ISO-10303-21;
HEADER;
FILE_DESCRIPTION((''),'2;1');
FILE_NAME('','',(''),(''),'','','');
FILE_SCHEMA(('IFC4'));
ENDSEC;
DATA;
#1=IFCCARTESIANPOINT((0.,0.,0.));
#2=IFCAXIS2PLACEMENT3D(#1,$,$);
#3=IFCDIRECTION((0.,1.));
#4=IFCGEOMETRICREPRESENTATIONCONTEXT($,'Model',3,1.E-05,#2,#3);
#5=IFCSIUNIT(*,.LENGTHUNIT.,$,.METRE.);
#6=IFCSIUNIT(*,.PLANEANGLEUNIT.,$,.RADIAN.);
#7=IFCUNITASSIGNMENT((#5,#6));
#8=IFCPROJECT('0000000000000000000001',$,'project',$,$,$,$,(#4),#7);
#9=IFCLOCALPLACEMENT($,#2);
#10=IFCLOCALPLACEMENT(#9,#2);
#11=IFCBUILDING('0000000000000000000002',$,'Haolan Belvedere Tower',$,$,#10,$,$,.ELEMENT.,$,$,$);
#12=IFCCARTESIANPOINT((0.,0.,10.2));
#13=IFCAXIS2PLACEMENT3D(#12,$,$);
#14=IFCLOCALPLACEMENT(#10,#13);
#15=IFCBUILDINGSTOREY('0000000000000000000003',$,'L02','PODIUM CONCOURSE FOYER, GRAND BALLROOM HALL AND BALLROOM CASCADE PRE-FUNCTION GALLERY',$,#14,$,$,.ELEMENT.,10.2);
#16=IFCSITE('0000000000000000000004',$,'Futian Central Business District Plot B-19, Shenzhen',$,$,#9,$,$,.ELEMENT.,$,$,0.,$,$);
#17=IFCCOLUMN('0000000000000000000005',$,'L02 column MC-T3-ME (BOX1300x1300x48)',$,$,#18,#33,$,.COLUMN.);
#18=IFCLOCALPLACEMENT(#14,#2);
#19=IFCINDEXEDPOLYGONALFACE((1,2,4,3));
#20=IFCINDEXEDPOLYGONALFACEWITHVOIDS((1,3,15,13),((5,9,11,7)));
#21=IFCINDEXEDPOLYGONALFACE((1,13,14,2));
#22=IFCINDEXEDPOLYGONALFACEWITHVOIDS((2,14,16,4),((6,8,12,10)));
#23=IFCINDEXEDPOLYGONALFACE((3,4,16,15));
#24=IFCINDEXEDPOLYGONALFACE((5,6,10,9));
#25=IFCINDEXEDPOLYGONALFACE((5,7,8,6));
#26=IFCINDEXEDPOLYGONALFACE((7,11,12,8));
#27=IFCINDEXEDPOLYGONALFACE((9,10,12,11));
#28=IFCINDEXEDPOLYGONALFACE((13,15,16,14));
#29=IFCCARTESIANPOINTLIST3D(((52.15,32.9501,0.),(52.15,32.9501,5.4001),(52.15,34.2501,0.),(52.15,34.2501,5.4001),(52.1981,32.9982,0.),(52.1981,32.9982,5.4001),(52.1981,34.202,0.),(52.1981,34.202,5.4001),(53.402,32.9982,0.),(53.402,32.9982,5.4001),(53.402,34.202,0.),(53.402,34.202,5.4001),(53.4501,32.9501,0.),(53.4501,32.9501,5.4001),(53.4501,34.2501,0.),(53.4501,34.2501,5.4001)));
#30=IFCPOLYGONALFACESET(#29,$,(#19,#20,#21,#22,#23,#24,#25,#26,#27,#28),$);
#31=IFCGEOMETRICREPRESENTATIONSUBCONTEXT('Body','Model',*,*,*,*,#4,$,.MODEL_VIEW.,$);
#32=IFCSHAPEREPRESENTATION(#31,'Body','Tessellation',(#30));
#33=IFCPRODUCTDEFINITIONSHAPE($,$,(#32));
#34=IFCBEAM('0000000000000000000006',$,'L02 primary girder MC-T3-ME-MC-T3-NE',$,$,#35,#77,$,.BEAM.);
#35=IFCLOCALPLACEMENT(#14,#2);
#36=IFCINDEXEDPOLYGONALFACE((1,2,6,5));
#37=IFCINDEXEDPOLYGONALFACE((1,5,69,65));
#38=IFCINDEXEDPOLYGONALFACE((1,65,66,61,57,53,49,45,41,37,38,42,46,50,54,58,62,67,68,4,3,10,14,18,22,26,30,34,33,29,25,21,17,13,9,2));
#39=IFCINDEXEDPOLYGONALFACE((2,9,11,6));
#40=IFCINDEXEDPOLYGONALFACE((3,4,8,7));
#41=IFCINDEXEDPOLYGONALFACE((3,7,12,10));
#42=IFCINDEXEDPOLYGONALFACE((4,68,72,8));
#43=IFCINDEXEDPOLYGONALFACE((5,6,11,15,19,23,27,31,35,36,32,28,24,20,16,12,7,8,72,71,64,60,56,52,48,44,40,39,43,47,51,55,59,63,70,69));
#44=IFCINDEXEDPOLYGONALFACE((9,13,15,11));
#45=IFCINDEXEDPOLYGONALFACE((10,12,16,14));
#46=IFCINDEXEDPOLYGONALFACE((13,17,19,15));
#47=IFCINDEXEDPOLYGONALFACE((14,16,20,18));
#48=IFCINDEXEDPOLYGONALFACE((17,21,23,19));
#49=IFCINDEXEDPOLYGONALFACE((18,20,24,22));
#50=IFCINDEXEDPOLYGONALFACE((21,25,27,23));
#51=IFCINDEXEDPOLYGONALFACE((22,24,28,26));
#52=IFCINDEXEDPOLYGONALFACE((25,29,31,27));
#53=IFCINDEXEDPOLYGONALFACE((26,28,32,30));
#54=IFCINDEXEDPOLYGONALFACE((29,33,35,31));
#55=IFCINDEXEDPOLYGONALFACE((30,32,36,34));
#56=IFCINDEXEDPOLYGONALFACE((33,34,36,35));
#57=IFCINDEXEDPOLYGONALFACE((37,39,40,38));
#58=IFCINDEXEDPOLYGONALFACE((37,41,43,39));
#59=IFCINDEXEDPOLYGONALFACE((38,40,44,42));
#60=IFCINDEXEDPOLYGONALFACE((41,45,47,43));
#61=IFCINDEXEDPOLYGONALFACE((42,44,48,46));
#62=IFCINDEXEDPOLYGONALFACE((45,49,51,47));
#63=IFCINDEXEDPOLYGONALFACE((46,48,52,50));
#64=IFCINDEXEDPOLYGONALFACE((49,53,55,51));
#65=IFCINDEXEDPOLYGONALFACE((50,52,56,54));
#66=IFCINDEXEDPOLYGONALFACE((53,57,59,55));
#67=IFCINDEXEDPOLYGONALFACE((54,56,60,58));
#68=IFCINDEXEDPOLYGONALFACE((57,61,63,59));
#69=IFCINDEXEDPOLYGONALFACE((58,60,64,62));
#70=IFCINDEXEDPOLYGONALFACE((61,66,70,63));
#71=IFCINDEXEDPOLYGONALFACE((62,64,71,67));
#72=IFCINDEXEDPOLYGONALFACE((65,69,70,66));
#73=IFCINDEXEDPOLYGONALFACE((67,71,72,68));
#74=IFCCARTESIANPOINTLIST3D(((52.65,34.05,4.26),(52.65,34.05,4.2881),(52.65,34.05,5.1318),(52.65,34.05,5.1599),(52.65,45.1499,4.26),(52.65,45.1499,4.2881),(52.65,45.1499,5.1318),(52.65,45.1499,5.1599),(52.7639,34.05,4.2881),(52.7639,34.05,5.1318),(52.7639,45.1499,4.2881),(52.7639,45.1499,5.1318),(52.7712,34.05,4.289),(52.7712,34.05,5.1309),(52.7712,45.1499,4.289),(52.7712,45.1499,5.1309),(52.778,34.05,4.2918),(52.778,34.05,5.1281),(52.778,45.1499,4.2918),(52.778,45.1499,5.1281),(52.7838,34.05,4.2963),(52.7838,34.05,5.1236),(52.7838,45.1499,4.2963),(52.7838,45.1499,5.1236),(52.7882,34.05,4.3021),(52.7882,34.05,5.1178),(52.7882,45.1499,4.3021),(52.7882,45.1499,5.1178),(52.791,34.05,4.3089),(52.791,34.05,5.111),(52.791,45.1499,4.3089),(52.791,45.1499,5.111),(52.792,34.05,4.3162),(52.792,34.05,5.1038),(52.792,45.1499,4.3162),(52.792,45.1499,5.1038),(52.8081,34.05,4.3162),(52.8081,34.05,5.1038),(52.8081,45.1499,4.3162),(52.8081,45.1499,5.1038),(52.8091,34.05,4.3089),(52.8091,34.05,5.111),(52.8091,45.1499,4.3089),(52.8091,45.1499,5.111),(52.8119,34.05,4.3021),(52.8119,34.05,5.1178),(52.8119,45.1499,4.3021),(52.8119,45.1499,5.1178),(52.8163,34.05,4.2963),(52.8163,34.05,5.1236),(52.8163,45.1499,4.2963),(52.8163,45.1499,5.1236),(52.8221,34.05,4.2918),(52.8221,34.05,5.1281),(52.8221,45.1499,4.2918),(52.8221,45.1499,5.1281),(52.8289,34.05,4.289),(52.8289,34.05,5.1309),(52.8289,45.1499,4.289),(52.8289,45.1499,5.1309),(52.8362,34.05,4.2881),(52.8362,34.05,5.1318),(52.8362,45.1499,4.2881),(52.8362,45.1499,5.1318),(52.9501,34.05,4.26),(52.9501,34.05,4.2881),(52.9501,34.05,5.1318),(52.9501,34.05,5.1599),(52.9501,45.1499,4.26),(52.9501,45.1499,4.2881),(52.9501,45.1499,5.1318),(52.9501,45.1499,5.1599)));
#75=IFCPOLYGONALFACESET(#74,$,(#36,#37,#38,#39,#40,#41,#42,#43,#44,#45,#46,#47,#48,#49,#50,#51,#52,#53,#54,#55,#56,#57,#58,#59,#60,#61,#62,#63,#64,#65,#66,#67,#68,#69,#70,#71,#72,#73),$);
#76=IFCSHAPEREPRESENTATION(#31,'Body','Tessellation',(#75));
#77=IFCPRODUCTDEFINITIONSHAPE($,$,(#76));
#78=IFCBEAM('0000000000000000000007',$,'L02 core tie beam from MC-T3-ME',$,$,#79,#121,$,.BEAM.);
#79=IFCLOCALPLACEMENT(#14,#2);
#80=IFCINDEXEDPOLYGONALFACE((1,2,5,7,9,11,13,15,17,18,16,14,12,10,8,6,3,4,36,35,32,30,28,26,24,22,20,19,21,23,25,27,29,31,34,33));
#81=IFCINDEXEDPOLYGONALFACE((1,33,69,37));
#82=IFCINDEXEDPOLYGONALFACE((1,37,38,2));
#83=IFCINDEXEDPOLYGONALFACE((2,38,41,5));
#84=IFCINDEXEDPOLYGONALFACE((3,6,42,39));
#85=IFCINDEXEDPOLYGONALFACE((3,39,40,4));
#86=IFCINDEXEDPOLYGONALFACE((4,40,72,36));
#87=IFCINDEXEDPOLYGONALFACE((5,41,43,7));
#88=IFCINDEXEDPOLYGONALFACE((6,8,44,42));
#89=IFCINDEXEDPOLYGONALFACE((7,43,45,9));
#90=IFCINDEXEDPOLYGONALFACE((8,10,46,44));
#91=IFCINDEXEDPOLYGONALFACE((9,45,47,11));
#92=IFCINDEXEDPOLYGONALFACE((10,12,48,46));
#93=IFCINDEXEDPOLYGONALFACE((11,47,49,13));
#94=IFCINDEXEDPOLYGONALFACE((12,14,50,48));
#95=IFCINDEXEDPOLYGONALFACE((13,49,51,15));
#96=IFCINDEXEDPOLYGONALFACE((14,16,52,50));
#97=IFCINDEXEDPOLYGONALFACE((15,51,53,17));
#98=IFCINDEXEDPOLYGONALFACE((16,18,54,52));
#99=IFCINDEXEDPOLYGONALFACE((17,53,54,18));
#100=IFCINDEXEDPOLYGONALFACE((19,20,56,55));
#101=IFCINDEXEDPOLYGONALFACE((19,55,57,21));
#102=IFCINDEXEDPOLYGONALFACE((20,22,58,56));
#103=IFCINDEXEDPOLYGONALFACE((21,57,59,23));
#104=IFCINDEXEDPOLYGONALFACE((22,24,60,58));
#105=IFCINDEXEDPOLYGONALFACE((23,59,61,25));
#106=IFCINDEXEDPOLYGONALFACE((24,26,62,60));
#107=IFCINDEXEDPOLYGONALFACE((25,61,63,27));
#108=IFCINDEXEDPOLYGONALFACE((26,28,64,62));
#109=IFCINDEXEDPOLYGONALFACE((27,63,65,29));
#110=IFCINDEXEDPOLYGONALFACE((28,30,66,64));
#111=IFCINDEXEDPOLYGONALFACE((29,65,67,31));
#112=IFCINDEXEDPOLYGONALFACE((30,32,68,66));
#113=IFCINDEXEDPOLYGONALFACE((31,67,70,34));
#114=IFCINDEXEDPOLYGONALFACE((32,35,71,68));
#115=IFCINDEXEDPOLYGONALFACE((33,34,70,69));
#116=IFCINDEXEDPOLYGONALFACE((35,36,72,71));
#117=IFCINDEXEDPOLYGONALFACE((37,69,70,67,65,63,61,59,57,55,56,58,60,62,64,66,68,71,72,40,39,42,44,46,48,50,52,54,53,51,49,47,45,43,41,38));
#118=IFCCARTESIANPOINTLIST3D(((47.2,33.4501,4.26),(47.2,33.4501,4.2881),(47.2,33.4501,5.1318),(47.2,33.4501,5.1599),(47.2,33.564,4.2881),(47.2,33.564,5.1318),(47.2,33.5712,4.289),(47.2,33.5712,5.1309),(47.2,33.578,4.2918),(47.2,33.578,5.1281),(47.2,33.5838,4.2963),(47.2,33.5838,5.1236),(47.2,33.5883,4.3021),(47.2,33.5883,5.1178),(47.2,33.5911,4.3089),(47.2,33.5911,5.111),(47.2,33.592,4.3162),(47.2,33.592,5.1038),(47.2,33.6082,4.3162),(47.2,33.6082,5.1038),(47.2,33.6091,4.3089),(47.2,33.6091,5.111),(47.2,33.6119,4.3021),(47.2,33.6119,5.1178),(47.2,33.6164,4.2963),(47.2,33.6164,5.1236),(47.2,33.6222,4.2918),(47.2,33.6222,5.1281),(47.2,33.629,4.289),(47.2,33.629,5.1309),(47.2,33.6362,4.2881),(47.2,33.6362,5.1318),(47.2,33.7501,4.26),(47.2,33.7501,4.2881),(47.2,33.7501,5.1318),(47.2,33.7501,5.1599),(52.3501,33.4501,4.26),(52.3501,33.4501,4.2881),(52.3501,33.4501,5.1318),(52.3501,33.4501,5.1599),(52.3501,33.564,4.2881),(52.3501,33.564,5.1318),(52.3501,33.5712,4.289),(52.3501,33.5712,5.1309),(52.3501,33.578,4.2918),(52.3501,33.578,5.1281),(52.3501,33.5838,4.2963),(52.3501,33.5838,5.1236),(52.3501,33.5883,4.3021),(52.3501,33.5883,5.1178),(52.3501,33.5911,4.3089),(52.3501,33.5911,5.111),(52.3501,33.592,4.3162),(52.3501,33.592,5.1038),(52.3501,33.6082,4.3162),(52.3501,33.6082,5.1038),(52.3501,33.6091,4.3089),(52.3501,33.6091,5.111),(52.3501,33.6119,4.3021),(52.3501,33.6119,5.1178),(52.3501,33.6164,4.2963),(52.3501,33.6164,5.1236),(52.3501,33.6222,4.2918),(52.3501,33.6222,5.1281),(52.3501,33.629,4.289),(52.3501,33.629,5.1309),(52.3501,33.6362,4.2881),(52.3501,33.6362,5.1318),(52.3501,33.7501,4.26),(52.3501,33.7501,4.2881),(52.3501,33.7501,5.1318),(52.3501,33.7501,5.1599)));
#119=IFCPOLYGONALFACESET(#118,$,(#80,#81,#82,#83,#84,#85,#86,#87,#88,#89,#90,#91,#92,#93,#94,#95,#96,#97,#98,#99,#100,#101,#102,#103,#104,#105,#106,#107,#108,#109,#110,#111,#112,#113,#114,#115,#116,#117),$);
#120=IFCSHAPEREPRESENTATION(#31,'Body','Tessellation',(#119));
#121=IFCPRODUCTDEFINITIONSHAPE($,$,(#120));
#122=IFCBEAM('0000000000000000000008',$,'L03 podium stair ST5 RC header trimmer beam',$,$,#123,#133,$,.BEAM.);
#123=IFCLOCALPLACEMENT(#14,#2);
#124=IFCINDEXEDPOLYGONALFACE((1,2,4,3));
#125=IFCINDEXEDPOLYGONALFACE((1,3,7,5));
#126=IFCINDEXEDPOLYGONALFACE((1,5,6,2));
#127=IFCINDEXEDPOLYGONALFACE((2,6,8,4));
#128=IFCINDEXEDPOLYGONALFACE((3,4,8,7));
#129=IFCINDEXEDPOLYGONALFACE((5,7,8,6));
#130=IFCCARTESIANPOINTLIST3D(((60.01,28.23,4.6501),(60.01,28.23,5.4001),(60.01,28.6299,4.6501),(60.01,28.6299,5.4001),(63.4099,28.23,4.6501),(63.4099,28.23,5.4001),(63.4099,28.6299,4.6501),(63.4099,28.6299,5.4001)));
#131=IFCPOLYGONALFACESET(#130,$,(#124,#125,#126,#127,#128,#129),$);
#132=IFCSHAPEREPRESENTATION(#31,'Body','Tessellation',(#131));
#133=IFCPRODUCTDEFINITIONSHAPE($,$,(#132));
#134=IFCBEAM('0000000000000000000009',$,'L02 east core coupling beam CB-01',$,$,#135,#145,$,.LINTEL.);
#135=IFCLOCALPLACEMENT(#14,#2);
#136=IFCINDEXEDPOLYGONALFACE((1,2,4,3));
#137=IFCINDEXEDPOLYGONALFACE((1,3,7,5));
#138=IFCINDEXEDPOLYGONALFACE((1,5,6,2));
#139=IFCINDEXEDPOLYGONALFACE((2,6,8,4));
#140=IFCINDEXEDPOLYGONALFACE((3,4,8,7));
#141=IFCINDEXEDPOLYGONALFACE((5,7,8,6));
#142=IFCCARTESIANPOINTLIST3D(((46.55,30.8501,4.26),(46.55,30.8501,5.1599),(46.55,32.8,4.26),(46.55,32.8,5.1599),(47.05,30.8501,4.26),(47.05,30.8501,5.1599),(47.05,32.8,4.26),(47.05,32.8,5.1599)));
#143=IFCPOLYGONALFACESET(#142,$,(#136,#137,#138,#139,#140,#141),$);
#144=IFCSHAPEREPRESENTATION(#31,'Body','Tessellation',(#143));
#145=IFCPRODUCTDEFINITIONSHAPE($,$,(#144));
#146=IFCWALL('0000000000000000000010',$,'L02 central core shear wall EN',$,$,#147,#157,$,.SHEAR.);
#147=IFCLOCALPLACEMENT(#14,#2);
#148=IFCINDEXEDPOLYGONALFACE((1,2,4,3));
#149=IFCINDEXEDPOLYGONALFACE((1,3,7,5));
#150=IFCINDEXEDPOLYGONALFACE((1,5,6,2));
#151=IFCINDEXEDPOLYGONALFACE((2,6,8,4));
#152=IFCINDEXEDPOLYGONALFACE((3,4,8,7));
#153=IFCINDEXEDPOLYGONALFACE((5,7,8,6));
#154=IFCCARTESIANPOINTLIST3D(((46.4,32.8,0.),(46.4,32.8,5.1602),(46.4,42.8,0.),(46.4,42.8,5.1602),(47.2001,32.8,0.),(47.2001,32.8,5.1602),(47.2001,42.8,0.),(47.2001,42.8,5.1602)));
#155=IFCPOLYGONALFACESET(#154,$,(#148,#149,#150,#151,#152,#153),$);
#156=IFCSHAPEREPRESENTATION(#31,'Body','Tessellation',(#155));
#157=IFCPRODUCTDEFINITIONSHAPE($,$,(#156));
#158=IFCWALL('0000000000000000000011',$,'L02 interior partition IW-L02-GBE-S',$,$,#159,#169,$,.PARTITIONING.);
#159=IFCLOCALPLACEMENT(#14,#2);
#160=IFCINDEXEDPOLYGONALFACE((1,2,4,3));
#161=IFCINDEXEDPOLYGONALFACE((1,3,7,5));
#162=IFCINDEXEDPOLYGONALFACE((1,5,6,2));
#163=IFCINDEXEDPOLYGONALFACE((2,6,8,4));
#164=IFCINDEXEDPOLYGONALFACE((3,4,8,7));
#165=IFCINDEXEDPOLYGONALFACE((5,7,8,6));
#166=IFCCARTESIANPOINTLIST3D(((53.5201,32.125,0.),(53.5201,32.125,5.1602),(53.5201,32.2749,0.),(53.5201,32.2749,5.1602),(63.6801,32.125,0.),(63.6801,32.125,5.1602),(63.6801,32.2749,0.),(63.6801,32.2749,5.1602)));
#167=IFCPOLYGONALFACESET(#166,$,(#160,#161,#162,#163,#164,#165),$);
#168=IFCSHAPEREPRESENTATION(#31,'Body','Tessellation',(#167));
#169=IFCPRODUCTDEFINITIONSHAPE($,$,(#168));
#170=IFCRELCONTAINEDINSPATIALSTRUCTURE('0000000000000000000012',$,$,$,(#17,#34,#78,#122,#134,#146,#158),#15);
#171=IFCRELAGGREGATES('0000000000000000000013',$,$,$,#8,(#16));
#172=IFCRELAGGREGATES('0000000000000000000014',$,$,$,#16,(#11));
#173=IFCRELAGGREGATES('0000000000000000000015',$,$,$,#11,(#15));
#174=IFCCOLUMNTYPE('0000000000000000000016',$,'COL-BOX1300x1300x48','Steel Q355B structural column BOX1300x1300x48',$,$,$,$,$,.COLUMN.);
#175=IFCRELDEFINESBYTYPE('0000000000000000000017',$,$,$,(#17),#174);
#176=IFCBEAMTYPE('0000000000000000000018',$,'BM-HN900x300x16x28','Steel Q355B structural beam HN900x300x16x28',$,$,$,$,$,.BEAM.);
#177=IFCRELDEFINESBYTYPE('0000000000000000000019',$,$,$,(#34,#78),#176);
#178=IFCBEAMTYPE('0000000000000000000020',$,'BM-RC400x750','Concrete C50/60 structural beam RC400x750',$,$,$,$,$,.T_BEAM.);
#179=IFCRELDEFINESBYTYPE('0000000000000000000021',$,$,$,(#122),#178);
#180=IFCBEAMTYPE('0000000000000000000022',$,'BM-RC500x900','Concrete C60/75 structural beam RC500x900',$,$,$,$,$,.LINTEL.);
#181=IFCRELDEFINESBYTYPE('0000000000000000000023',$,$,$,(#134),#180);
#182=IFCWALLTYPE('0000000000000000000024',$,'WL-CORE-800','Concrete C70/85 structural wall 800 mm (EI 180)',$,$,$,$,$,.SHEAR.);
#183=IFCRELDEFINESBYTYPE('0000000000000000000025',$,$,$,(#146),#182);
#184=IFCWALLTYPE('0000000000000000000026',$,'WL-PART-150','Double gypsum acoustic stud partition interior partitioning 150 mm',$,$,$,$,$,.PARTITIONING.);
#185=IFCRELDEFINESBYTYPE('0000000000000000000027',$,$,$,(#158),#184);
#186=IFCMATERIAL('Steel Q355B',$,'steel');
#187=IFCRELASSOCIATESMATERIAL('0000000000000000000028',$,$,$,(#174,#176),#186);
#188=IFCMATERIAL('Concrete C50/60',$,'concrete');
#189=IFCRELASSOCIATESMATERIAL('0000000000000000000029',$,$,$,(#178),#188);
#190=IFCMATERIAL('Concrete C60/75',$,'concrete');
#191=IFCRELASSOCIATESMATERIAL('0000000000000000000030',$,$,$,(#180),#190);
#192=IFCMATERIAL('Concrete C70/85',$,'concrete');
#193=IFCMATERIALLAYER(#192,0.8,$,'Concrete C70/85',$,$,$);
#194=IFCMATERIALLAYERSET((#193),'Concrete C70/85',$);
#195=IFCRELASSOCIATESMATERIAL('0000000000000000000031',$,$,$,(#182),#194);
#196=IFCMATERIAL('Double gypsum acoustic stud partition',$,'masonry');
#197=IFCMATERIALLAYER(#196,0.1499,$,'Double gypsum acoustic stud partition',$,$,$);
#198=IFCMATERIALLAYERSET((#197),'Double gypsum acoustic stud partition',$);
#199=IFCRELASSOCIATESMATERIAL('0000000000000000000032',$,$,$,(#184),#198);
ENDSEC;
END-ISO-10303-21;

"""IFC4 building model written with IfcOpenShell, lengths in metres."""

from ifc_helpers import new_model, si_unit, direction, frame, frame_2d, origin, origin_2d, place, context, subcontext, project, spatial, rectangle, hollow_rectangle, i_section, extrude, material, layer, layer_set, material_profile, profile_set, type_object, element, save


model = new_model("IFC4")

# Units and contexts
model_context = context("Model", 3, precision=1e-05, world=origin(), true_north=direction((0.0, 1.0)))
body_context = subcontext(model_context, "Body", "Model", "MODEL_VIEW")
ifc_project = project(units=[si_unit("LENGTHUNIT", "METRE"), si_unit("PLANEANGLEUNIT", "RADIAN")], contexts=[model_context])

# Site, building, storey
site_placement = place(None, origin())
site = spatial("IfcSite", under=ifc_project, at=site_placement, Name="Futian Central Business District Plot B-19, Shenzhen", CompositionType="ELEMENT", RefElevation=0.0)
building_placement = place(site_placement, origin())
building = spatial("IfcBuilding", under=site, at=building_placement, Name="Haolan Belvedere Tower", CompositionType="ELEMENT")
storey_placement = place(building_placement, frame((0.0, 0.0, 10.2)))
storey = spatial("IfcBuildingStorey", under=building, at=storey_placement, Name="L02", Description="PODIUM CONCOURSE FOYER, GRAND BALLROOM HALL AND BALLROOM CASCADE PRE-FUNCTION GALLERY", CompositionType="ELEMENT", Elevation=10.2)

# Column
ifc_material_1 = material(Name="Steel Q355B", Category="steel")
ifc_material_profile_1 = material_profile(ifc_material_1, hollow_rectangle(XDim=1.3, YDim=1.3, WallThickness=0.0481, at=origin_2d()), Name="Steel Q355B")
ifc_profile_set_1 = profile_set([ifc_material_profile_1], Name="Steel Q355B")
column_type = type_object("IfcColumnType", Name="COL-BOX1300x1300x48", Description="Steel Q355B structural column BOX1300x1300x48", PredefinedType="COLUMN", material=ifc_profile_set_1)
column_placement = place(storey_placement, frame((52.8, 33.6001, 0.0), z_axis=(0.0, 0.0, 1.0), x_axis=(1.0, 0.0, 0.0)))
element("IfcColumn", 1, at=column_placement, inside=storey, type_object=column_type, Name="L02 column MC-T3-ME (BOX1300x1300x48)", PredefinedType="COLUMN", context=body_context, shape_type="SweptSolid", body=[
    extrude(hollow_rectangle(XDim=1.3, YDim=1.3, WallThickness=0.0481, at=origin_2d()), origin(), (0.0, 0.0, 1.0), 5.4001),
])

# Beams
ifc_material_profile_2 = material_profile(ifc_material_1, i_section(OverallWidth=0.3, OverallDepth=0.8999, WebThickness=0.0161, FlangeThickness=0.0281, FilletRadius=0.0281, at=origin_2d()), Name="Steel Q355B")
ifc_profile_set_2 = profile_set([ifc_material_profile_2], Name="Steel Q355B")
beam_type_1 = type_object("IfcBeamType", Name="BM-HN900x300x16x28", Description="Steel Q355B structural beam HN900x300x16x28", PredefinedType="BEAM", material=ifc_profile_set_2)
beam_1_placement = place(storey_placement, frame((52.8, 34.05, 4.71), z_axis=(0.0, 1.0, 0.0), x_axis=(-1.0, 0.0, 0.0)))
element("IfcBeam", 2, at=beam_1_placement, inside=storey, type_object=beam_type_1, Name="L02 primary girder MC-T3-ME-MC-T3-NE", PredefinedType="BEAM", context=body_context, shape_type="SweptSolid", body=[
    extrude(i_section(OverallWidth=0.3, OverallDepth=0.8999, WebThickness=0.0161, FlangeThickness=0.0281, FilletRadius=0.0281, at=origin_2d()), origin(), (0.0, 0.0, 1.0), 11.0999),
])
beam_2_placement = place(storey_placement, frame((52.3501, 33.6001, 4.71), z_axis=(-1.0, 0.0, 0.0), x_axis=(0.0, -1.0, 0.0)))
element("IfcBeam", 3, at=beam_2_placement, inside=storey, type_object=beam_type_1, Name="L02 core tie beam from MC-T3-ME", PredefinedType="BEAM", context=body_context, shape_type="SweptSolid", body=[
    extrude(i_section(OverallWidth=0.3, OverallDepth=0.8999, WebThickness=0.0161, FlangeThickness=0.0281, FilletRadius=0.0281, at=origin_2d()), origin(), (0.0, 0.0, 1.0), 5.1501),
])
ifc_material_2 = material(Name="Concrete C50/60", Category="concrete")
ifc_material_profile_3 = material_profile(ifc_material_2, rectangle(XDim=0.3999, YDim=0.75, at=origin_2d()), Name="Concrete C50/60")
ifc_profile_set_3 = profile_set([ifc_material_profile_3], Name="Concrete C50/60")
beam_type_2 = type_object("IfcBeamType", Name="BM-RC400x750", Description="Concrete C50/60 structural beam RC400x750", PredefinedType="T_BEAM", material=ifc_profile_set_3)
beam_3_placement = place(storey_placement, frame((60.01, 28.4299, 5.0251), z_axis=(1.0, 0.0, 0.0), x_axis=(0.0, 1.0, 0.0)))
element("IfcBeam", 4, at=beam_3_placement, inside=storey, type_object=beam_type_2, Name="L03 podium stair ST5 RC header trimmer beam", PredefinedType="BEAM", context=body_context, shape_type="SweptSolid", body=[
    extrude(rectangle(XDim=0.3999, YDim=0.75, at=origin_2d()), origin(), (0.0, 0.0, 1.0), 3.3999),
])
ifc_material_3 = material(Name="Concrete C60/75", Category="concrete")
ifc_material_profile_4 = material_profile(ifc_material_3, rectangle(XDim=0.5, YDim=0.8999, at=origin_2d()), Name="Concrete C60/75")
ifc_profile_set_4 = profile_set([ifc_material_profile_4], Name="Concrete C60/75")
beam_type_3 = type_object("IfcBeamType", Name="BM-RC500x900", Description="Concrete C60/75 structural beam RC500x900", PredefinedType="LINTEL", material=ifc_profile_set_4)
beam_4_placement = place(storey_placement, frame((46.8, 30.8501, 4.71), z_axis=(0.0, 1.0, 0.0), x_axis=(-1.0, 0.0, 0.0)))
element("IfcBeam", 5, at=beam_4_placement, inside=storey, type_object=beam_type_3, Name="L02 east core coupling beam CB-01", PredefinedType="LINTEL", context=body_context, shape_type="SweptSolid", body=[
    extrude(rectangle(XDim=0.5, YDim=0.8999, at=origin_2d()), origin(), (0.0, 0.0, 1.0), 1.95),
])

# Walls
ifc_material_4 = material(Name="Concrete C70/85", Category="concrete")
ifc_layer_1 = layer(ifc_material_4, 0.8, Name="Concrete C70/85")
ifc_layer_set_1 = layer_set([ifc_layer_1], Name="Concrete C70/85")
wall_type_1 = type_object("IfcWallType", Name="WL-CORE-800", Description="Concrete C70/85 structural wall 800 mm (EI 180)", PredefinedType="SHEAR", material=ifc_layer_set_1)
wall_1_placement = place(storey_placement, frame((46.8, 32.8, 0.0), z_axis=(0.0, 0.0, 1.0), x_axis=(0.0, 1.0, 0.0)))
element("IfcWall", 6, at=wall_1_placement, inside=storey, type_object=wall_type_1, Name="L02 central core shear wall EN", PredefinedType="SHEAR", context=body_context, shape_type="SweptSolid", body=[
    extrude(rectangle(XDim=10.0, YDim=0.8, at=frame_2d((5.0, 0.0))), origin(), (0.0, 0.0, 1.0), 5.1602),
])
ifc_material_5 = material(Name="Double gypsum acoustic stud partition", Category="masonry")
ifc_layer_2 = layer(ifc_material_5, 0.1499, Name="Double gypsum acoustic stud partition")
ifc_layer_set_2 = layer_set([ifc_layer_2], Name="Double gypsum acoustic stud partition")
wall_type_2 = type_object("IfcWallType", Name="WL-PART-150", Description="Double gypsum acoustic stud partition interior partitioning 150 mm", PredefinedType="PARTITIONING", material=ifc_layer_set_2)
wall_2_placement = place(storey_placement, frame((53.52, 32.2, 0.0), z_axis=(0.0, 0.0, 1.0), x_axis=(1.0, 0.0, 0.0)))
element("IfcWall", 7, at=wall_2_placement, inside=storey, type_object=wall_type_2, Name="L02 interior partition IW-L02-GBE-S", PredefinedType="PARTITIONING", context=body_context, shape_type="SweptSolid", body=[
    extrude(rectangle(XDim=10.1599, YDim=0.1499, at=frame_2d((5.0801, 0.0))), origin(), (0.0, 0.0, 1.0), 5.1602),
])

save(model, "model.ifc")
